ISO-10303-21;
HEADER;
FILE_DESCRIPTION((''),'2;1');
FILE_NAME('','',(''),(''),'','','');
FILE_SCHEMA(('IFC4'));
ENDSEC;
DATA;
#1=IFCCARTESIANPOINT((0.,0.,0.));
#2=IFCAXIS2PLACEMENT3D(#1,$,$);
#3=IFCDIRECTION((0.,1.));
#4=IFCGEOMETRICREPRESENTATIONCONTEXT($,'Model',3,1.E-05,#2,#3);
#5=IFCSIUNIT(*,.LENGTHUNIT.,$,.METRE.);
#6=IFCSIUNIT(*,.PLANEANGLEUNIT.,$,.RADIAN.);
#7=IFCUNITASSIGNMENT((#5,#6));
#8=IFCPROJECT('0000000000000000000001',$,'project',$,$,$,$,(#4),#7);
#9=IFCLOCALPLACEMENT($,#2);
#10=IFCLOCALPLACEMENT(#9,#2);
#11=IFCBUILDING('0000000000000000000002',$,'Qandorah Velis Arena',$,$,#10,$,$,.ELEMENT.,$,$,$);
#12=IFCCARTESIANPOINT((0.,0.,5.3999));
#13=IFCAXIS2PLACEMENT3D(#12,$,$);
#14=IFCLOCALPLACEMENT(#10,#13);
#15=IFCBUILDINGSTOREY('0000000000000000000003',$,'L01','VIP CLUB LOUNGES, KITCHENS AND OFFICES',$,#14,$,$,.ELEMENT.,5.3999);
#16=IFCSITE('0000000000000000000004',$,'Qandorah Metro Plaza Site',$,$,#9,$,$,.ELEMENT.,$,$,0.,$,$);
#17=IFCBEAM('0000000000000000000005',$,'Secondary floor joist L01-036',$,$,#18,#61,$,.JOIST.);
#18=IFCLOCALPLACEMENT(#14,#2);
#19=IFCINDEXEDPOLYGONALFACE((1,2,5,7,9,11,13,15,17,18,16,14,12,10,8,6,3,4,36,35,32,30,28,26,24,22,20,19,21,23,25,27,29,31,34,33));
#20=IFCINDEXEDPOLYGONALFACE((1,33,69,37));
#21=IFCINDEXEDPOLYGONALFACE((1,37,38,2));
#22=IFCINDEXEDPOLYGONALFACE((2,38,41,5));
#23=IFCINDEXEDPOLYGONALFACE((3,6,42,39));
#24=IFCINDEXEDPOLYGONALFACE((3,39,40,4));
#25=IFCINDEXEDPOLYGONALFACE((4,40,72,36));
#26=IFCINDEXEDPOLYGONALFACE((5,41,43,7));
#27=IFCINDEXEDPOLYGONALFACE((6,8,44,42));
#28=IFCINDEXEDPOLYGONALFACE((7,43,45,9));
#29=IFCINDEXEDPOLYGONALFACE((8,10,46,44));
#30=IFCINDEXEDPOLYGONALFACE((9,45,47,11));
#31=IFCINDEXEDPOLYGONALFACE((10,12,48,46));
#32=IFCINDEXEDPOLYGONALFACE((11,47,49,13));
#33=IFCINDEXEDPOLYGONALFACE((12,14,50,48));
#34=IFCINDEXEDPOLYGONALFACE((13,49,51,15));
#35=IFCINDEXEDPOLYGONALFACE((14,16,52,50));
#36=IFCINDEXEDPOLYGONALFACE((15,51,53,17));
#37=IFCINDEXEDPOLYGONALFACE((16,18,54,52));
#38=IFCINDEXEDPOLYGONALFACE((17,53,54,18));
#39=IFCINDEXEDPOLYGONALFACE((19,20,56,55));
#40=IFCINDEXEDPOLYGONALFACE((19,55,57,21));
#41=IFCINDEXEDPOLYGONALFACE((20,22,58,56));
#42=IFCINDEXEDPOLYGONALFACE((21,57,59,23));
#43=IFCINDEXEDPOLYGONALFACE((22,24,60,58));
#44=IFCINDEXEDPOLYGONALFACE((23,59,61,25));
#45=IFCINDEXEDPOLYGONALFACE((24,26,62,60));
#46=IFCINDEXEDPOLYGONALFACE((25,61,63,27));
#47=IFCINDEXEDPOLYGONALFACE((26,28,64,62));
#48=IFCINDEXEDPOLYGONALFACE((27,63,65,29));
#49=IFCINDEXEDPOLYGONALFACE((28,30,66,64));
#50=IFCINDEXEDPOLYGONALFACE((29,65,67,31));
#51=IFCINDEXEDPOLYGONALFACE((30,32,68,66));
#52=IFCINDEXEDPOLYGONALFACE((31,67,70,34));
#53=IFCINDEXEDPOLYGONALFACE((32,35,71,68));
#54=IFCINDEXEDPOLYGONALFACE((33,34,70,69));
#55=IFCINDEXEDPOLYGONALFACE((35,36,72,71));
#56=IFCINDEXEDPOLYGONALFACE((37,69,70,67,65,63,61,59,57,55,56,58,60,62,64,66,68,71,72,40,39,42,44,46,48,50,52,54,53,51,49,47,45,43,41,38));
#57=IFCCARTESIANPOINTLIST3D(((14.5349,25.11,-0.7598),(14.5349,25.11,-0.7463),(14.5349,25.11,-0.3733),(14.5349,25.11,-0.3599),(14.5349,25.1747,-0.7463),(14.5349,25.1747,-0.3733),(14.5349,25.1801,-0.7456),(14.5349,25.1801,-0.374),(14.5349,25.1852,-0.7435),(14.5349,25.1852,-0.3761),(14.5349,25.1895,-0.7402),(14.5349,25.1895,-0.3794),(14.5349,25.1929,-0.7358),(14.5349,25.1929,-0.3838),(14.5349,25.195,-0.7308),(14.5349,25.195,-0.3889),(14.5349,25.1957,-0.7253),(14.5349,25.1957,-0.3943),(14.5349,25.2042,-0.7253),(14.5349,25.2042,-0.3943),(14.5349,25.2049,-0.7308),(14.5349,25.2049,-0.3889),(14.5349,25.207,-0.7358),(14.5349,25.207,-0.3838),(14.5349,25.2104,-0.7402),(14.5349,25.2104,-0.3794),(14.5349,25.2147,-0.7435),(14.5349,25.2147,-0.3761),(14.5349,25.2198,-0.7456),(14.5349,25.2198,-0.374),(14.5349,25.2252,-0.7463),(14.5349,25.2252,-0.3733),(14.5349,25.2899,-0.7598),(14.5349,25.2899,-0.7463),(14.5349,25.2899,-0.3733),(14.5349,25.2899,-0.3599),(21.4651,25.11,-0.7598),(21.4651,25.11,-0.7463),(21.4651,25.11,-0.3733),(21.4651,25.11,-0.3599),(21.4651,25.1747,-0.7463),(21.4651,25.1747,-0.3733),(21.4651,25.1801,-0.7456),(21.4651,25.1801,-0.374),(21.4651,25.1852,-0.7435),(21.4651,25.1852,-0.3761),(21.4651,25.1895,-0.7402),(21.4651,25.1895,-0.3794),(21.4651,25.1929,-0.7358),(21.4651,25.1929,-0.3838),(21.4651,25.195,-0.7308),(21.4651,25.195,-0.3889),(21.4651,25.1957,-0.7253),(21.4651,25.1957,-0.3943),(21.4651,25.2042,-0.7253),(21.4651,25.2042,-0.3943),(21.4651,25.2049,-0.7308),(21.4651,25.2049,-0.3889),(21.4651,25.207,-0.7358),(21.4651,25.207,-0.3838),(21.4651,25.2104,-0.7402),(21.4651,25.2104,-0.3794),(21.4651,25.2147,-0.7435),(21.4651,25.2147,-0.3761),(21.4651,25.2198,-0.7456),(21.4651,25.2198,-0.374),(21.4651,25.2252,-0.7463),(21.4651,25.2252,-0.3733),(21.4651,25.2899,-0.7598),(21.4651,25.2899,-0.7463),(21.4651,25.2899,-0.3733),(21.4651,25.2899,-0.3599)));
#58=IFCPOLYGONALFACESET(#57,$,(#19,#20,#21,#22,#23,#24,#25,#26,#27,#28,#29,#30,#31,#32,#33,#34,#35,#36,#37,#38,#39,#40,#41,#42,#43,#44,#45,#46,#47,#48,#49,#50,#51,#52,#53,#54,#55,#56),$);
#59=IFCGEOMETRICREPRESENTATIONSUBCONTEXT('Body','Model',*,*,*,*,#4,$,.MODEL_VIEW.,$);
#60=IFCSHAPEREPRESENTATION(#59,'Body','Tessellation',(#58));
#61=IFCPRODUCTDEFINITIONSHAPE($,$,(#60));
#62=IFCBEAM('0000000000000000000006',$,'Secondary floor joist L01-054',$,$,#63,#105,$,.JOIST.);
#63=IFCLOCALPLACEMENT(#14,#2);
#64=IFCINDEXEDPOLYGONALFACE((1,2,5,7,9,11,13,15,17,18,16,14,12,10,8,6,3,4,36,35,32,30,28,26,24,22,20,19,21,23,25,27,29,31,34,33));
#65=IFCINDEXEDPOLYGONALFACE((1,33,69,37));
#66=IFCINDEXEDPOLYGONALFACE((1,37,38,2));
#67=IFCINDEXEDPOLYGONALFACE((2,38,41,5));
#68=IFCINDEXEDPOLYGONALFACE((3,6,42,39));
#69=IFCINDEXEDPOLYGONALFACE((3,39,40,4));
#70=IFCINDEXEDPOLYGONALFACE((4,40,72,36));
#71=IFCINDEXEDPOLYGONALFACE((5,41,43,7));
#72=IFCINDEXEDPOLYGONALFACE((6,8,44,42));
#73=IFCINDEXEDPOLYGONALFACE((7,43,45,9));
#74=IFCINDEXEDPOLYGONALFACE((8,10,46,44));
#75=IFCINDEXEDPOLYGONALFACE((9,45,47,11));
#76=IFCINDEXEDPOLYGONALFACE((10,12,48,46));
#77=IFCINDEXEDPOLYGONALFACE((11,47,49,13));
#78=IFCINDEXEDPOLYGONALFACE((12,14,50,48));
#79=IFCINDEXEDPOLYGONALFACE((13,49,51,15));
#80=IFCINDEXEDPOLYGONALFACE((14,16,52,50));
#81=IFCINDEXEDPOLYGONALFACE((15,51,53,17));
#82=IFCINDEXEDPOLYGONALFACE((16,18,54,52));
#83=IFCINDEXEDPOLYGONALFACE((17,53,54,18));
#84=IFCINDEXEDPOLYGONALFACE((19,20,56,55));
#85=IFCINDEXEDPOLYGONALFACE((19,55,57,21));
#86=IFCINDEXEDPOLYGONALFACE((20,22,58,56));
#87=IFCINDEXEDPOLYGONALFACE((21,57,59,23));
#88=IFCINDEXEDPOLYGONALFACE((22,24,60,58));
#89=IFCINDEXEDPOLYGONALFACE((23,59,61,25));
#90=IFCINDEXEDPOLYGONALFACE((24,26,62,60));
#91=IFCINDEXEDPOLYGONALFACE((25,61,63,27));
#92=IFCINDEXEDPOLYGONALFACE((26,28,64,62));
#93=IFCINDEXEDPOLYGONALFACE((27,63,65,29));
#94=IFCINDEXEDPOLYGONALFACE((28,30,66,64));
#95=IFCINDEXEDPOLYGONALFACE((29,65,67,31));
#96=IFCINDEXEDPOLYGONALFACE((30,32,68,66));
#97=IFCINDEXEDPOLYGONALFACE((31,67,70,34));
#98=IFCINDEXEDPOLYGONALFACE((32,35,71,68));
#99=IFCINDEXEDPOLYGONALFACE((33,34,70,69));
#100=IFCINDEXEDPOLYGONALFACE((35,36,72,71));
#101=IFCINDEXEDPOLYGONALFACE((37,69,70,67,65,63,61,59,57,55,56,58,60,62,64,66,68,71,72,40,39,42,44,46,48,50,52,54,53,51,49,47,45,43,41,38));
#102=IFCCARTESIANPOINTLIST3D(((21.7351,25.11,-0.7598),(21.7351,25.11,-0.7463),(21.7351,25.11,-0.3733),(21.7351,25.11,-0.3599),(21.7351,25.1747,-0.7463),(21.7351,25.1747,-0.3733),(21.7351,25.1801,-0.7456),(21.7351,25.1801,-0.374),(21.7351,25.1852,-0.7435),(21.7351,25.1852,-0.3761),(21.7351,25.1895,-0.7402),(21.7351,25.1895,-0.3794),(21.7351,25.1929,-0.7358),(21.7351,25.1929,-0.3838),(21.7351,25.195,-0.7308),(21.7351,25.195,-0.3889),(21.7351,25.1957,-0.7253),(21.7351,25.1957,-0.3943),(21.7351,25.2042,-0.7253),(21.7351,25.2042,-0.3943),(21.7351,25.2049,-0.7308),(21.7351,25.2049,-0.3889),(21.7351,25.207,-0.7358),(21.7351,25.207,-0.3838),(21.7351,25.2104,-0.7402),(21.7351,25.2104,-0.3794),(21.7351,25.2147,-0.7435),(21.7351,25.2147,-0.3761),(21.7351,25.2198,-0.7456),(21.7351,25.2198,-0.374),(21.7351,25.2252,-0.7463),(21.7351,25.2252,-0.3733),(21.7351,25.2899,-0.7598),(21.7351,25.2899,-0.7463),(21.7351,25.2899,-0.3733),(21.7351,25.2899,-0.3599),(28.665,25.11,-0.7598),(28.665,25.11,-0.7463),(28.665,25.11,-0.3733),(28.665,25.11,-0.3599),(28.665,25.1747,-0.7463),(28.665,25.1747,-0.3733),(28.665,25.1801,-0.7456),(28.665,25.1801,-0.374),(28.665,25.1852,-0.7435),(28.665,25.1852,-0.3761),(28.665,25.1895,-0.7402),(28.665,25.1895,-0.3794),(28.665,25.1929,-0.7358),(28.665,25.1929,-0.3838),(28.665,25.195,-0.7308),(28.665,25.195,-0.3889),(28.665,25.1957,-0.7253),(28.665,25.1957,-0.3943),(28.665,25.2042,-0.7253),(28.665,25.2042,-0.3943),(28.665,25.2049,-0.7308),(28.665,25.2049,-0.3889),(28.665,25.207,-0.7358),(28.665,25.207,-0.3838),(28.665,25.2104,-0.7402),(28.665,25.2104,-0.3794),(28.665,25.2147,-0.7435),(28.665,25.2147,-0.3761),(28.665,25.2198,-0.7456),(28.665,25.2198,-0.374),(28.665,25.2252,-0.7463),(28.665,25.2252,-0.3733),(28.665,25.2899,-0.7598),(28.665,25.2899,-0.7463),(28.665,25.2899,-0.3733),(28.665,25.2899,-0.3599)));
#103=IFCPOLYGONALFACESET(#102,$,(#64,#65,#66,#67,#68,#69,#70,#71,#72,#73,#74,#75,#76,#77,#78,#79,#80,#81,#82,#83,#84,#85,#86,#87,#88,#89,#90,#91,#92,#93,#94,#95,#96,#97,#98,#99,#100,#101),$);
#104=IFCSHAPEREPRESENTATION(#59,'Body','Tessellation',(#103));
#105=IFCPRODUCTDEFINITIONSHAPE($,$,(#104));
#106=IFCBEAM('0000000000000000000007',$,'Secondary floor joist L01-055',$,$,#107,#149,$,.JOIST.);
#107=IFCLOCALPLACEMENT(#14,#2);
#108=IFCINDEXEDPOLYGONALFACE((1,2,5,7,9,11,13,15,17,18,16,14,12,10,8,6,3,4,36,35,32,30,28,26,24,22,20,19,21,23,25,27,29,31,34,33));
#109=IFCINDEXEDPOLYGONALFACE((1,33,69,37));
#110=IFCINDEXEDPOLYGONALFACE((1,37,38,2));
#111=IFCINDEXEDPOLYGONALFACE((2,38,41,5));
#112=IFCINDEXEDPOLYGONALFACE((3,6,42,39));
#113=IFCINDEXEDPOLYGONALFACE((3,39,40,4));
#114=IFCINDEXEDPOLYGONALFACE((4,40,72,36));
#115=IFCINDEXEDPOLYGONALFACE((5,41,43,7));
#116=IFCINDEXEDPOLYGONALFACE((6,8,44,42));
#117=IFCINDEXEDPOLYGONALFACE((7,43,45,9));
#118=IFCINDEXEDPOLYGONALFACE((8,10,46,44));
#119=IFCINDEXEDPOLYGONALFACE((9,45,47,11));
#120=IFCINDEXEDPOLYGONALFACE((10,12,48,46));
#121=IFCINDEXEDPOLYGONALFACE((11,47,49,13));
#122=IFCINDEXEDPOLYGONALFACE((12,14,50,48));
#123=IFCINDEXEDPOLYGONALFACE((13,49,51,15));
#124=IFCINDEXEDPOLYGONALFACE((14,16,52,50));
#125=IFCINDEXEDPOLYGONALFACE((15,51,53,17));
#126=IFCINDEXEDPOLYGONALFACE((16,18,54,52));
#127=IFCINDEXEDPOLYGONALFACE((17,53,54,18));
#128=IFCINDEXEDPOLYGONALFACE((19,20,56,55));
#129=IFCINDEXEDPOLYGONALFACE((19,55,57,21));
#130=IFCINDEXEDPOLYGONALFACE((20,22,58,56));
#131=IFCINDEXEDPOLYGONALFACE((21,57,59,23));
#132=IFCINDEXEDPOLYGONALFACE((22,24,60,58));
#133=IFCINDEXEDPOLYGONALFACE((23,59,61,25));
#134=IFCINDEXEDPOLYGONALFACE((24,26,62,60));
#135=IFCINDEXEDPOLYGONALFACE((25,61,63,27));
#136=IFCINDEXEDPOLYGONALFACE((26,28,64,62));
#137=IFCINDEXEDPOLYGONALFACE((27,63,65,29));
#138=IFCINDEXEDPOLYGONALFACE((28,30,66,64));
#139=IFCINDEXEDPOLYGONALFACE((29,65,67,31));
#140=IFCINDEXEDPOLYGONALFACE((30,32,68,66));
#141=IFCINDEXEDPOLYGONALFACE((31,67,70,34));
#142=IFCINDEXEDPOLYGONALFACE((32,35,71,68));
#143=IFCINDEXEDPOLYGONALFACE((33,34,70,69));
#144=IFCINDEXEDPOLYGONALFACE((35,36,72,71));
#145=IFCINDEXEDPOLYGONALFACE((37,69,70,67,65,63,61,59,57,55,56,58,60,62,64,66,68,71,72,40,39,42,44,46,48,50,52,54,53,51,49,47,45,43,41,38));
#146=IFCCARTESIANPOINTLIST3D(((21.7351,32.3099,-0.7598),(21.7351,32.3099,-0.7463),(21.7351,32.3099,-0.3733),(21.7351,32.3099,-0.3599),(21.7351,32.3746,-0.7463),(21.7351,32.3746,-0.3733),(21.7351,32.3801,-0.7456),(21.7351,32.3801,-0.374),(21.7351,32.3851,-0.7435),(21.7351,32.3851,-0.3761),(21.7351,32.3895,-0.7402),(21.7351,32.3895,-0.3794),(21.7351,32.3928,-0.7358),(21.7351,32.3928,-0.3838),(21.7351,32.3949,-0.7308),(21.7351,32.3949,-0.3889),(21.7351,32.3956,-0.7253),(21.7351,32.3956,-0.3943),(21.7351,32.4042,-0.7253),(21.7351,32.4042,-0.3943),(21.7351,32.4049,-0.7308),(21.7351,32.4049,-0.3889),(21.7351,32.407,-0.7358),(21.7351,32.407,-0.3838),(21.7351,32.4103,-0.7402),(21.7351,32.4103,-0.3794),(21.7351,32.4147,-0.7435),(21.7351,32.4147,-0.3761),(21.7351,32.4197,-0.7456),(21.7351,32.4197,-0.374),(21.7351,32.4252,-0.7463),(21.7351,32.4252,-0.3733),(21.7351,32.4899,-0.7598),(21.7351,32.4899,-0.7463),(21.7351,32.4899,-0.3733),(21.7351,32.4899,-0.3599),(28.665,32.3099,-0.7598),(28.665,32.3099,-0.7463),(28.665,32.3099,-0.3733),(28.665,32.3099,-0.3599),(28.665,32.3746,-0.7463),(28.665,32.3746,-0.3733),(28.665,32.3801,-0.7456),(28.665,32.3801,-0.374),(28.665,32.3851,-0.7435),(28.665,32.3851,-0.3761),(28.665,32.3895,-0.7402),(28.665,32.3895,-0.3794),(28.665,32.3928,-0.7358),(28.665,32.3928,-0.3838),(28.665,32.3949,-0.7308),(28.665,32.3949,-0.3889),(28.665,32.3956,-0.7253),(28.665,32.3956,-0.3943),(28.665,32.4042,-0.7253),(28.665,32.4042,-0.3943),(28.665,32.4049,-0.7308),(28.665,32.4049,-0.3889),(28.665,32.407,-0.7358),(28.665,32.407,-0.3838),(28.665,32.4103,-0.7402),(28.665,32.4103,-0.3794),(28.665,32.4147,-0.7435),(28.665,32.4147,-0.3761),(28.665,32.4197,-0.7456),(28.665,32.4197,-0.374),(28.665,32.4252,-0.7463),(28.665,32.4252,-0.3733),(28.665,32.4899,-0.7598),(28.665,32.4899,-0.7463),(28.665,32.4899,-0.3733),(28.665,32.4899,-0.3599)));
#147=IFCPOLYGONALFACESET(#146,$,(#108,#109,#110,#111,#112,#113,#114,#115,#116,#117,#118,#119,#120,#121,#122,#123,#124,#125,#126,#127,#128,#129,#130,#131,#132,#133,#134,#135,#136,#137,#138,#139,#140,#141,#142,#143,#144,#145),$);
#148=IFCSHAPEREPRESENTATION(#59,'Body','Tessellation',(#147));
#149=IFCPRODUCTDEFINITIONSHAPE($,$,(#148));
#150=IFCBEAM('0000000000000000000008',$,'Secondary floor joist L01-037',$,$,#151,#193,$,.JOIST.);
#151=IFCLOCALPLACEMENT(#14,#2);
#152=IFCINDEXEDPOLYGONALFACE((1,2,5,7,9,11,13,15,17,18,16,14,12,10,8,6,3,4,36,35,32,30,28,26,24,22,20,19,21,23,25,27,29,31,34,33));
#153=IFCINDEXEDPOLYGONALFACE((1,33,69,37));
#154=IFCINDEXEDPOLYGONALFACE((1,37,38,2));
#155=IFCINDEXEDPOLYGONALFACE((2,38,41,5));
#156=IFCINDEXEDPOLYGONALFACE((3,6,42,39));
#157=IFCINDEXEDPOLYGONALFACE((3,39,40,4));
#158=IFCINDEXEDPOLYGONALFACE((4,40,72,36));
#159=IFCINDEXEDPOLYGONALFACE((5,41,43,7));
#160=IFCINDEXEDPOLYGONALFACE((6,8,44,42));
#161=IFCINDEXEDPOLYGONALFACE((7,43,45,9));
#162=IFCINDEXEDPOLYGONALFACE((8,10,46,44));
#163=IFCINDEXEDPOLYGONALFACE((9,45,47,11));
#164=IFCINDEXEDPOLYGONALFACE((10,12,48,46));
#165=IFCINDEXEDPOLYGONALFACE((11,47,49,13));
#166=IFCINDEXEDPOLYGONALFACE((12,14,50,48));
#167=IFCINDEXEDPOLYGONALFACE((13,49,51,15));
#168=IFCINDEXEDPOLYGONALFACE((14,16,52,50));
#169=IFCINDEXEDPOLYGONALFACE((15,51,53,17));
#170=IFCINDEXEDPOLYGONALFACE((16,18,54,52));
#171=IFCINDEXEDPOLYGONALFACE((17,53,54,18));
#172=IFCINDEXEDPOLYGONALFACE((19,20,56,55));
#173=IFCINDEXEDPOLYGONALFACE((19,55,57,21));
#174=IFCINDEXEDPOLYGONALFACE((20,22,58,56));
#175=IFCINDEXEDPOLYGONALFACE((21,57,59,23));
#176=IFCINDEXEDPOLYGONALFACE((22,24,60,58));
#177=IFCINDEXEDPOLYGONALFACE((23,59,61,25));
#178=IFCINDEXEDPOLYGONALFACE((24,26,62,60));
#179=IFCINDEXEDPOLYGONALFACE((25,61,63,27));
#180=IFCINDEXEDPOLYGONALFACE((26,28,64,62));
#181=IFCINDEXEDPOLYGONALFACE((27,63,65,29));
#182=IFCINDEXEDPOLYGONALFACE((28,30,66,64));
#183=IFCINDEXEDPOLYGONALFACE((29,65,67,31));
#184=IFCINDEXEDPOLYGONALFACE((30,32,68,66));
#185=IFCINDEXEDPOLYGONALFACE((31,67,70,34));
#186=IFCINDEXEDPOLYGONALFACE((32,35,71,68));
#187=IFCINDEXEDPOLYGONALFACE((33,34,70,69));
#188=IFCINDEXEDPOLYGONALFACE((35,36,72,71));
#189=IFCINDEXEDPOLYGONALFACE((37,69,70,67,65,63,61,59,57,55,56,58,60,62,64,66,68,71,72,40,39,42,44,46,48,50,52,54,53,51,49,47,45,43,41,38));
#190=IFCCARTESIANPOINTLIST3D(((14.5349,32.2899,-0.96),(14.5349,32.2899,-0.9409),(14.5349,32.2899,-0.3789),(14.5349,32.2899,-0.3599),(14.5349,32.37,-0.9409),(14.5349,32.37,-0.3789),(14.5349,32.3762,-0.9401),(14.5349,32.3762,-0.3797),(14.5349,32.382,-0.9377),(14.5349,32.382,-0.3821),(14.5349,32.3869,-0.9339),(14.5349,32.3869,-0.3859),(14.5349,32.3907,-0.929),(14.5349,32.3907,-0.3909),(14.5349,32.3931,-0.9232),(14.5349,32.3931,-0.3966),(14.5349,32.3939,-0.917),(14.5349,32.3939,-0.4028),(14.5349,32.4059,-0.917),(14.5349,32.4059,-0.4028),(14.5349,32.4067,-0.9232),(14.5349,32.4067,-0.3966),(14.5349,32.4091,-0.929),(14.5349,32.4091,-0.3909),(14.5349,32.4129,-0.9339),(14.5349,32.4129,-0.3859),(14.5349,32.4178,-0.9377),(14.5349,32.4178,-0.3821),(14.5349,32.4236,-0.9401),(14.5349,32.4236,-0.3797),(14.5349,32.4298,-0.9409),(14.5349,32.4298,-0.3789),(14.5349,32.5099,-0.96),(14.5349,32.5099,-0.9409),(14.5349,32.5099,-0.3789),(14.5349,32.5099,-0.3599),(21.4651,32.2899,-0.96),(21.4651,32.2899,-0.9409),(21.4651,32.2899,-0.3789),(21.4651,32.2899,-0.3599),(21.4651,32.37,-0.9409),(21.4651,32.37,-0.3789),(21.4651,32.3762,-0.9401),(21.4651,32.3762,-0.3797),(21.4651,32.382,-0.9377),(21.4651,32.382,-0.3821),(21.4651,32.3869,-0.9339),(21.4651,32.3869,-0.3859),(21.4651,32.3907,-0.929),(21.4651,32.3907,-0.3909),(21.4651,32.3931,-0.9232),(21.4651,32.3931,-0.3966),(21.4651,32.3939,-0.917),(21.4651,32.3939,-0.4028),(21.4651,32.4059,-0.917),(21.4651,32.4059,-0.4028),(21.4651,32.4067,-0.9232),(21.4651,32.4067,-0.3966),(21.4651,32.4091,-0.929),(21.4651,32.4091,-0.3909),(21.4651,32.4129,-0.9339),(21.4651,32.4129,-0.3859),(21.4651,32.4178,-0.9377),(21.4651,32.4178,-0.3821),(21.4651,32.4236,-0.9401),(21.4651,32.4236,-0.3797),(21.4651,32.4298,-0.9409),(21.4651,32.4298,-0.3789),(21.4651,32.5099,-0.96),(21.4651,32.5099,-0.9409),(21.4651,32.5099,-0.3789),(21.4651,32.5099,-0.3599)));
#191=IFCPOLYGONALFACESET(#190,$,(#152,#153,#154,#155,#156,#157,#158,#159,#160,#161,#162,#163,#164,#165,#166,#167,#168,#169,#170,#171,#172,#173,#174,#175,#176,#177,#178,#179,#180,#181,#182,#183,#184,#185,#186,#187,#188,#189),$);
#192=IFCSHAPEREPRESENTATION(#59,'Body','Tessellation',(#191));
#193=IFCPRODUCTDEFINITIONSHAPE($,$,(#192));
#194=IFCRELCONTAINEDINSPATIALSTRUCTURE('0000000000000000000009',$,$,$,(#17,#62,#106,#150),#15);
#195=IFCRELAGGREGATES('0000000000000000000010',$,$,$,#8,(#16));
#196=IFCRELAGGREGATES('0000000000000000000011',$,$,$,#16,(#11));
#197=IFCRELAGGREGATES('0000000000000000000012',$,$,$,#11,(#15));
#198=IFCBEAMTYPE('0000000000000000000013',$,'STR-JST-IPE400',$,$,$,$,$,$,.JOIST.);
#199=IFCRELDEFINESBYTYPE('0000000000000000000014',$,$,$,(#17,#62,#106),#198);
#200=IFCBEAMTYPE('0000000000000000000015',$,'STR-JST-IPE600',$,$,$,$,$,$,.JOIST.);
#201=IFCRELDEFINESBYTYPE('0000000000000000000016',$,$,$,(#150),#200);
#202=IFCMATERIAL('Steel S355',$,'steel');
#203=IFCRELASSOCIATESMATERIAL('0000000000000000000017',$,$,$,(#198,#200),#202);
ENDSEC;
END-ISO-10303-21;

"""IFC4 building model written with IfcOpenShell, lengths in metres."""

from ifc_helpers import new_model, si_unit, direction, frame, origin, origin_2d, place, context, subcontext, project, spatial, i_section, extrude, material, material_profile, profile_set, type_object, element, save


model = new_model("IFC4")

# Units and contexts
model_context = context("Model", 3, precision=1e-05, world=origin(), true_north=direction((0.0, 1.0)))
body_context = subcontext(model_context, "Body", "Model", "MODEL_VIEW")
ifc_project = project(units=[si_unit("LENGTHUNIT", "METRE"), si_unit("PLANEANGLEUNIT", "RADIAN")], contexts=[model_context])

# Site, building, storey
site_placement = place(None, origin())
site = spatial("IfcSite", under=ifc_project, at=site_placement, Name="Qandorah Metro Plaza Site", CompositionType="ELEMENT", RefElevation=0.0)
building_placement = place(site_placement, origin())
building = spatial("IfcBuilding", under=site, at=building_placement, Name="Qandorah Velis Arena", CompositionType="ELEMENT")
storey_placement = place(building_placement, frame((0.0, 0.0, 5.3999)))
storey = spatial("IfcBuildingStorey", under=building, at=storey_placement, Name="L01", Description="VIP CLUB LOUNGES, KITCHENS AND OFFICES", CompositionType="ELEMENT", Elevation=5.3999)

# Beams
ifc_material_1 = material(Name="Steel S355", Category="steel")
ifc_material_profile_1 = material_profile(ifc_material_1, i_section(OverallWidth=0.1799, OverallDepth=0.3999, WebThickness=0.0085, FlangeThickness=0.0134, FilletRadius=0.021, at=origin_2d()), Name="IPE 400")
ifc_profile_set_1 = profile_set([ifc_material_profile_1], Name="Steel S355")
beam_type_1 = type_object("IfcBeamType", Name="STR-JST-IPE400", PredefinedType="JOIST", material=ifc_profile_set_1)
beam_1_placement = place(storey_placement, frame((14.5349, 25.2, -0.5598), z_axis=(1.0, 0.0, 0.0), x_axis=(0.0, 1.0, 0.0)))
element("IfcBeam", 1, at=beam_1_placement, inside=storey, type_object=beam_type_1, Name="Secondary floor joist L01-036", PredefinedType="JOIST", context=body_context, shape_type="SweptSolid", body=[
    extrude(i_section(OverallWidth=0.1799, OverallDepth=0.3999, WebThickness=0.0085, FlangeThickness=0.0134, FilletRadius=0.021, at=origin_2d()), origin(), (0.0, 0.0, 1.0), 6.9302),
])
for number, where, z_axis, x_axis, name in (
    (2, (21.7351, 25.2, -0.5598), (1.0, 0.0, 0.0), (0.0, 1.0, 0.0), "Secondary floor joist L01-054"),
    (3, (21.7351, 32.3999, -0.5598), (1.0, 0.0, 0.0), (0.0, 1.0, 0.0), "Secondary floor joist L01-055"),
):
    element("IfcBeam", number, at=place(storey_placement, frame(where, z_axis=z_axis, x_axis=x_axis)), inside=storey, type_object=beam_type_1, Name=name, PredefinedType="JOIST", context=body_context, shape_type="SweptSolid", body=[
        extrude(i_section(OverallWidth=0.1799, OverallDepth=0.3999, WebThickness=0.0085, FlangeThickness=0.0134, FilletRadius=0.021, at=origin_2d()), origin(), (0.0, 0.0, 1.0), 6.9299),
    ])
ifc_material_profile_2 = material_profile(ifc_material_1, i_section(OverallWidth=0.22, OverallDepth=0.6001, WebThickness=0.012, FlangeThickness=0.019, FilletRadius=0.0239, at=origin_2d()), Name="IPE 600")
ifc_profile_set_2 = profile_set([ifc_material_profile_2], Name="Steel S355")
beam_type_2 = type_object("IfcBeamType", Name="STR-JST-IPE600", PredefinedType="JOIST", material=ifc_profile_set_2)
beam_2_placement = place(storey_placement, frame((14.5349, 32.3999, -0.6599), z_axis=(1.0, 0.0, 0.0), x_axis=(0.0, 1.0, 0.0)))
element("IfcBeam", 4, at=beam_2_placement, inside=storey, type_object=beam_type_2, Name="Secondary floor joist L01-037", PredefinedType="JOIST", context=body_context, shape_type="SweptSolid", body=[
    extrude(i_section(OverallWidth=0.22, OverallDepth=0.6001, WebThickness=0.012, FlangeThickness=0.019, FilletRadius=0.0239, at=origin_2d()), origin(), (0.0, 0.0, 1.0), 6.9302),
])

save(model, "model.ifc")
